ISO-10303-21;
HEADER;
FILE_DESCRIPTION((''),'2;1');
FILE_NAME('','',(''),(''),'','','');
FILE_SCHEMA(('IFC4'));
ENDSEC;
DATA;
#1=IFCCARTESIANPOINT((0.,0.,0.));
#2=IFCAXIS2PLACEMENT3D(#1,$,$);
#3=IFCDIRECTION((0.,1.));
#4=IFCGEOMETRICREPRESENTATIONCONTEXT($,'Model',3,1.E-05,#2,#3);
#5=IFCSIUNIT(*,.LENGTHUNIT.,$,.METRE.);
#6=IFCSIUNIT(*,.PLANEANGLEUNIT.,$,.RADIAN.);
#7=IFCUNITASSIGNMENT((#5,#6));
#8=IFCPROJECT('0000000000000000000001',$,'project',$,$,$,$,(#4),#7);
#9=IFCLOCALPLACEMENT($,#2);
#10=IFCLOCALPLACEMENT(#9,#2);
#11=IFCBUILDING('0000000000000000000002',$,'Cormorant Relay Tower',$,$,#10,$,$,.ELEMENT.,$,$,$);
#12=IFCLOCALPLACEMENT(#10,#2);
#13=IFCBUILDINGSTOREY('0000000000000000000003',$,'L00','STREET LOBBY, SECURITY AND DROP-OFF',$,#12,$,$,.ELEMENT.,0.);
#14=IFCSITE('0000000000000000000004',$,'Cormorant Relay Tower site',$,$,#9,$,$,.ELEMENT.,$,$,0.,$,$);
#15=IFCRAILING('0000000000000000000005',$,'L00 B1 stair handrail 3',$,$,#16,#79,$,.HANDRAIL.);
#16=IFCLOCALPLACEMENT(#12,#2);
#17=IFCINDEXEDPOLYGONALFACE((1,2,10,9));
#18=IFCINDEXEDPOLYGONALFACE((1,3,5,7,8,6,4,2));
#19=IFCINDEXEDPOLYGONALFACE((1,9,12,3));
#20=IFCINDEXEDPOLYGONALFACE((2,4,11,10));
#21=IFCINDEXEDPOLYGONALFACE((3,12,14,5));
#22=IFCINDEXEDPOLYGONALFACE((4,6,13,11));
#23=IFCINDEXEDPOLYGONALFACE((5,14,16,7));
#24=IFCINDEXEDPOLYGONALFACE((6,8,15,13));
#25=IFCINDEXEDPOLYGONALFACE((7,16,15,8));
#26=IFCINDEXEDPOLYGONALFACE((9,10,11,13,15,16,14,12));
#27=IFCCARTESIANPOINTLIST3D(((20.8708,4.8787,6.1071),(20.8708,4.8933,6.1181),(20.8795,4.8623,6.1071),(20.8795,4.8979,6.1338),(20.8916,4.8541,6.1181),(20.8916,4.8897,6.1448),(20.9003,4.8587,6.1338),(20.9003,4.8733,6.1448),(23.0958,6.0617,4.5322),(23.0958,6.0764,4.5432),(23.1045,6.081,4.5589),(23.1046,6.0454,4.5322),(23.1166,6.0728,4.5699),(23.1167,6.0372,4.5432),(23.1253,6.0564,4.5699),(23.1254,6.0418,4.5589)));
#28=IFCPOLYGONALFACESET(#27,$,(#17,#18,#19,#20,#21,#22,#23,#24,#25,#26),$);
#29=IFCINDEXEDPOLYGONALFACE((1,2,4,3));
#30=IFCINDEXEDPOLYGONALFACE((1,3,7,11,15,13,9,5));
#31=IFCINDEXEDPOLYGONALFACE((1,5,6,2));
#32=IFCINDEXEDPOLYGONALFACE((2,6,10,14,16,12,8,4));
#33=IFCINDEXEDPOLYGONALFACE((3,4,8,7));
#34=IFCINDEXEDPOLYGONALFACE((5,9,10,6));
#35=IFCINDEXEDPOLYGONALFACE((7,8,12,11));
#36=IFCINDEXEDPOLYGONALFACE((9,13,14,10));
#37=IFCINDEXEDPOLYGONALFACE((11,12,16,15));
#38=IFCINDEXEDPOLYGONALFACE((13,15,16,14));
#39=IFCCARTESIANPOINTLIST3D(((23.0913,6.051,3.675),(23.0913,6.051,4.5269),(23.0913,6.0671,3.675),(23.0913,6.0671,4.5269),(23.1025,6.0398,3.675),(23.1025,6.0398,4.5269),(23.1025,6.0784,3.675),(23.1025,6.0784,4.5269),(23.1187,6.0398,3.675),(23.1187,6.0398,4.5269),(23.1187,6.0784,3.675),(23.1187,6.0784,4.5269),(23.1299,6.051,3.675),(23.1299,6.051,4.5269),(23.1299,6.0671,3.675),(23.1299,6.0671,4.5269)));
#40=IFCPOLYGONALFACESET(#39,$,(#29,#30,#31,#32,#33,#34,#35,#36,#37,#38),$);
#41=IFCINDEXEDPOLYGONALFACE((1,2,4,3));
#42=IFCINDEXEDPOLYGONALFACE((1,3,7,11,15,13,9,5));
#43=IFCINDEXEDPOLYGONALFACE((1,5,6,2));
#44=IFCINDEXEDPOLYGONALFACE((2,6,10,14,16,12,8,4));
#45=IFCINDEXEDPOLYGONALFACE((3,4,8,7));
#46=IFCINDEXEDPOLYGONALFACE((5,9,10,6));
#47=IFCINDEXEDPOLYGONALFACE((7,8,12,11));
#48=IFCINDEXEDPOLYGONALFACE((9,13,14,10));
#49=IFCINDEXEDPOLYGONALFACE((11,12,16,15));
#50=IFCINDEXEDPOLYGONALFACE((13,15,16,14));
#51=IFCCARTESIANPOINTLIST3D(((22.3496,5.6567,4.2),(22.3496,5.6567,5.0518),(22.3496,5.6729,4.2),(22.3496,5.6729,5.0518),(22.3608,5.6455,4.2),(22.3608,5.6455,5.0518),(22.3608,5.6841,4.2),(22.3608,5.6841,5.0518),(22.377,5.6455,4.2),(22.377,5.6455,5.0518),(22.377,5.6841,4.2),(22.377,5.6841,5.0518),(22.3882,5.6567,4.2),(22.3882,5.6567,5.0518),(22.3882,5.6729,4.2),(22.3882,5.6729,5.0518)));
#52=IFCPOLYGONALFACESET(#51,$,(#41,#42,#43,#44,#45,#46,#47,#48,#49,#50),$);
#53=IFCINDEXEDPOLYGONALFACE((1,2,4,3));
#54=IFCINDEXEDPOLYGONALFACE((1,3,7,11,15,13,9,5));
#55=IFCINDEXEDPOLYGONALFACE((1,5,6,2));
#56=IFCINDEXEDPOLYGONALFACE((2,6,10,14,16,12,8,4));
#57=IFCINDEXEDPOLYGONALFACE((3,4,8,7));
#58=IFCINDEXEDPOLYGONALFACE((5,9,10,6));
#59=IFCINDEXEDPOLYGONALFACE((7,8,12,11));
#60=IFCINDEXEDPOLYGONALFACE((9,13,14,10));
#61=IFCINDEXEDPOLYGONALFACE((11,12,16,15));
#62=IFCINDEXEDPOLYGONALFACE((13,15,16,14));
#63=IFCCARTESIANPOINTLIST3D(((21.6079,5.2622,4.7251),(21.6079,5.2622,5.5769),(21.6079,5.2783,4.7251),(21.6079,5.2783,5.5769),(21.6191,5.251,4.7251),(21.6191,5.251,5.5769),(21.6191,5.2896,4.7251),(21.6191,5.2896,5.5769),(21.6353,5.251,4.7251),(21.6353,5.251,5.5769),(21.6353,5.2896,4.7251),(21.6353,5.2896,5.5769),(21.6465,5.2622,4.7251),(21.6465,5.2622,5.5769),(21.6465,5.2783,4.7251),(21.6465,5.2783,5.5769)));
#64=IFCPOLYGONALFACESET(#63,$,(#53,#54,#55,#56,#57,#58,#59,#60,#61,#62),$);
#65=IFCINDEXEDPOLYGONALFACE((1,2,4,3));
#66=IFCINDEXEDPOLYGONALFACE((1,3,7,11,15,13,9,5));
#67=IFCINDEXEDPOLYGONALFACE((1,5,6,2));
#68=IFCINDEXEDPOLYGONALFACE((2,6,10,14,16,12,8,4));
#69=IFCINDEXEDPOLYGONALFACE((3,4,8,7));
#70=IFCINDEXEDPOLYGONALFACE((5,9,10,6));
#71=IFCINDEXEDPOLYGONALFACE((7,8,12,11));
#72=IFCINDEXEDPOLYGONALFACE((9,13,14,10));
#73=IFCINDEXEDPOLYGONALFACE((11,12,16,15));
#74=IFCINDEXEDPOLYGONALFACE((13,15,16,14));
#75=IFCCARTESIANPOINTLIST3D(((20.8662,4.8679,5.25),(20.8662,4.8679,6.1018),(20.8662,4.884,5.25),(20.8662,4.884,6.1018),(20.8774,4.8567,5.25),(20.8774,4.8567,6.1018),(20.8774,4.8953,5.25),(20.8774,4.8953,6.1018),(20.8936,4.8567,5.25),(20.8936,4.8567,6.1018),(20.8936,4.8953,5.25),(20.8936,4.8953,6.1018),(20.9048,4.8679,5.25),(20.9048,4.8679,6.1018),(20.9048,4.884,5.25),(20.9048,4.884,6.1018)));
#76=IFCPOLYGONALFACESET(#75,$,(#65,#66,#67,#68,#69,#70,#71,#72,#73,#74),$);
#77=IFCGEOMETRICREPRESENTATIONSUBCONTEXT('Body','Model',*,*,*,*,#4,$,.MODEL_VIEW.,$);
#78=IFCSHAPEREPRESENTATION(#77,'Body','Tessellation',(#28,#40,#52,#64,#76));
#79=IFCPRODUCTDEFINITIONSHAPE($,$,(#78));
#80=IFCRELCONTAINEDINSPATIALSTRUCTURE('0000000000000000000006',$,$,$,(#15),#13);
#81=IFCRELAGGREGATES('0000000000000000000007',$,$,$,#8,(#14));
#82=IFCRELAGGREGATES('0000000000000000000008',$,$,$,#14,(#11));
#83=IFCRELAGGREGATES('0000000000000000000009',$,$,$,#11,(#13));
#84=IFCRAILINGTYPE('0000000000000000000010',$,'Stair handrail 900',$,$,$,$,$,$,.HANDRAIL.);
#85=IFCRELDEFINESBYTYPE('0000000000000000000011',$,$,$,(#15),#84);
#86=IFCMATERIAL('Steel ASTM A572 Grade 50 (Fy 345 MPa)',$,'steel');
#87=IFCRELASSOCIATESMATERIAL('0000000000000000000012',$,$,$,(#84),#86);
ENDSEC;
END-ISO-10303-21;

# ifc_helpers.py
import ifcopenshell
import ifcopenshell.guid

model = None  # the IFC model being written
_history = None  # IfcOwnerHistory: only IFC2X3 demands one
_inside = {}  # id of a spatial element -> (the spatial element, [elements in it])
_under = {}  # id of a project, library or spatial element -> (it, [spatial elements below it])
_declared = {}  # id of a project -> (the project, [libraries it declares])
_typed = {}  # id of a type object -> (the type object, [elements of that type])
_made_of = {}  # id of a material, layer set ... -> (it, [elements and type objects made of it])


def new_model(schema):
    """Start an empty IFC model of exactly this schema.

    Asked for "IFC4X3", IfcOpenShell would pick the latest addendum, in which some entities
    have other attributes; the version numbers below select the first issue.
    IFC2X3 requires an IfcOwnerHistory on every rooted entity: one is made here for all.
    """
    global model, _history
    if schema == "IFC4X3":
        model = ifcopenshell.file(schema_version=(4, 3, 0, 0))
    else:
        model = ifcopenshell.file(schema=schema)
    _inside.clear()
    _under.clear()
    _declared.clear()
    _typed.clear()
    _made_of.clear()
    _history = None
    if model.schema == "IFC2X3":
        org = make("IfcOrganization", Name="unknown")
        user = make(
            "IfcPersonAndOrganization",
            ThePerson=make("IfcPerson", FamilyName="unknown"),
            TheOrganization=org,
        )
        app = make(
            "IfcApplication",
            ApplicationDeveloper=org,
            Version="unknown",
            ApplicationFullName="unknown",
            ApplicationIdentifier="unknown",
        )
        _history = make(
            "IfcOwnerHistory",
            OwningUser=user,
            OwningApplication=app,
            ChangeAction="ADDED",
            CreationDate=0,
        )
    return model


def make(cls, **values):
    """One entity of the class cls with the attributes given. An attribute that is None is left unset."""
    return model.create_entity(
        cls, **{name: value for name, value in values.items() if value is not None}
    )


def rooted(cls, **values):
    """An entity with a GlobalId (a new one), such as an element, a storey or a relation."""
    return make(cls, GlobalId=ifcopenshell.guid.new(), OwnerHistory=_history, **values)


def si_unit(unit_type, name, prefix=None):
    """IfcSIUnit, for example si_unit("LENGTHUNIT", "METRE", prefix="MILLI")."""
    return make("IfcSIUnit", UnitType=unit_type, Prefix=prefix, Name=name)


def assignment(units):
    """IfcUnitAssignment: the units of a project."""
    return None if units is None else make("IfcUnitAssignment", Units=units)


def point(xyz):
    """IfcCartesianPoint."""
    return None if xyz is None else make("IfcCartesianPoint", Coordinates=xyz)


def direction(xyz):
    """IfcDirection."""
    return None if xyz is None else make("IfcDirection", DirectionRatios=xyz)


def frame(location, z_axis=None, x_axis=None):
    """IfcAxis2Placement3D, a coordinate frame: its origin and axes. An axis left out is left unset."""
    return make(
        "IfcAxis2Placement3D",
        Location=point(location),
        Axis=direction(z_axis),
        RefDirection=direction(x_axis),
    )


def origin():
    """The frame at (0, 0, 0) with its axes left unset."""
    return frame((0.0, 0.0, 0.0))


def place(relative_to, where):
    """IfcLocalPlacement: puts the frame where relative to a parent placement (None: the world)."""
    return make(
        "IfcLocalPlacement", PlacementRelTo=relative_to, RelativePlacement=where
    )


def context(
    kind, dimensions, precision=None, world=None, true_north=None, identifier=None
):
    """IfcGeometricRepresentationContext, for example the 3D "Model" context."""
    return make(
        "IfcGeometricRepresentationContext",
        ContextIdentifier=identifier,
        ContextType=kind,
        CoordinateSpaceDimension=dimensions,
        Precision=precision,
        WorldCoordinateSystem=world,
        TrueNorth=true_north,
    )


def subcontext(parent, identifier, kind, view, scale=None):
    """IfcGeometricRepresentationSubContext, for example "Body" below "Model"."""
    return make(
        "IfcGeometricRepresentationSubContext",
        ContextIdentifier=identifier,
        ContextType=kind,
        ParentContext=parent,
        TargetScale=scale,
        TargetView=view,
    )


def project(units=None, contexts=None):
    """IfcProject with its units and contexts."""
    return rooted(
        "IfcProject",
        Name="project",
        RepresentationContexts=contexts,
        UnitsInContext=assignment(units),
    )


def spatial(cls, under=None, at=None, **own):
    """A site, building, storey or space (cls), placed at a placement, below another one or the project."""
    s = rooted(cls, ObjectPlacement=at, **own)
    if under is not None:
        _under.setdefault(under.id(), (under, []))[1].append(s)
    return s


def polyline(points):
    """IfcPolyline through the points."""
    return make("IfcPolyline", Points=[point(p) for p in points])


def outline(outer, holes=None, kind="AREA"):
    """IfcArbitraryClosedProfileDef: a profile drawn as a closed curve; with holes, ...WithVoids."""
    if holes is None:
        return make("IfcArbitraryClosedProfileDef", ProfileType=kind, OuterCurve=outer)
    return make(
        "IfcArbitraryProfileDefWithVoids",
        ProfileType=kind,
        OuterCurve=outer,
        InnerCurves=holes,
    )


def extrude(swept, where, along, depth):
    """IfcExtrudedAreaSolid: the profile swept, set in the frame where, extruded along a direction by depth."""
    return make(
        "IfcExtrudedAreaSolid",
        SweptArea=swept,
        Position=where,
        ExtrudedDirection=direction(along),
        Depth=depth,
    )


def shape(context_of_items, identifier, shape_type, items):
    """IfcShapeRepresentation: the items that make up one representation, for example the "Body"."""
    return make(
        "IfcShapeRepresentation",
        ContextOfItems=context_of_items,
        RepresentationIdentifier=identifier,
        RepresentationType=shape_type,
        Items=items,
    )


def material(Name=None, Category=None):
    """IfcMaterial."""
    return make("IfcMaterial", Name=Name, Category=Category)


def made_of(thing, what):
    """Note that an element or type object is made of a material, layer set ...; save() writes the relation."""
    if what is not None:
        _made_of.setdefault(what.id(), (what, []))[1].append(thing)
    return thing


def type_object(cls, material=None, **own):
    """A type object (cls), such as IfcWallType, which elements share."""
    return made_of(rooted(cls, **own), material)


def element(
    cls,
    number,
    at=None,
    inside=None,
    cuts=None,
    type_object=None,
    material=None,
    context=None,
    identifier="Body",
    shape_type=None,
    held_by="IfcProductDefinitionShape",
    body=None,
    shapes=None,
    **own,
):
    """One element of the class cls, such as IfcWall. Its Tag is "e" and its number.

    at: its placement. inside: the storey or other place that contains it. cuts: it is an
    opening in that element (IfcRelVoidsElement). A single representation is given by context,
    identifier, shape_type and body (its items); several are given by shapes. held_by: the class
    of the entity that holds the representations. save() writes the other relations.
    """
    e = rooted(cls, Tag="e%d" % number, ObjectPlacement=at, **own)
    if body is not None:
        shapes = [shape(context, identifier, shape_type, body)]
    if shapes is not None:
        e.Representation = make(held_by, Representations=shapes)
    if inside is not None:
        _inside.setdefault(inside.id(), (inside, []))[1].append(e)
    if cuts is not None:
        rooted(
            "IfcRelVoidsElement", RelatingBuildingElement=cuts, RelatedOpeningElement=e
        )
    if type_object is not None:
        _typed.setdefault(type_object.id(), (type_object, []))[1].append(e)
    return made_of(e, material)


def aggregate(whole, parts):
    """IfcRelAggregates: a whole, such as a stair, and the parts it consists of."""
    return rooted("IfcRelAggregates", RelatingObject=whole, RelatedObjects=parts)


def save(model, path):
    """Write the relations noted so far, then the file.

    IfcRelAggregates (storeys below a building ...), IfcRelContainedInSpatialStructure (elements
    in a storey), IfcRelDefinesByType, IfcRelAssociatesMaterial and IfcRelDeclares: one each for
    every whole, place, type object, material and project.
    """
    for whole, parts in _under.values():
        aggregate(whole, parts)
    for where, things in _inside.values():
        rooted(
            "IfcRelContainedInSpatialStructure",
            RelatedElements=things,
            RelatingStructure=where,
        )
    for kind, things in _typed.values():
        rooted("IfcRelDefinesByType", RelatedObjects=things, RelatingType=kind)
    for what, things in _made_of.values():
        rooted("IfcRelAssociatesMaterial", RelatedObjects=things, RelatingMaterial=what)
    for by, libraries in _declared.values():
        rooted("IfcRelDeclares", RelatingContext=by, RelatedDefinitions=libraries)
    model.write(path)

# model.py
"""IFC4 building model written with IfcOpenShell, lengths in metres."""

from ifc_helpers import new_model, si_unit, direction, frame, origin, place, context, subcontext, project, spatial, polyline, outline, extrude, material, type_object, element, save


model = new_model("IFC4")

# Units and contexts
model_context = context("Model", 3, precision=1e-05, world=origin(), true_north=direction((0.0, 1.0)))
body_context = subcontext(model_context, "Body", "Model", "MODEL_VIEW")
ifc_project = project(units=[si_unit("LENGTHUNIT", "METRE"), si_unit("PLANEANGLEUNIT", "RADIAN")], contexts=[model_context])

# Site, building, storey
site_placement = place(None, origin())
site = spatial("IfcSite", under=ifc_project, at=site_placement, Name="Cormorant Relay Tower site", CompositionType="ELEMENT", RefElevation=0.0)
building_placement = place(site_placement, origin())
building = spatial("IfcBuilding", under=site, at=building_placement, Name="Cormorant Relay Tower", CompositionType="ELEMENT")
storey_placement = place(building_placement, origin())
storey = spatial("IfcBuildingStorey", under=building, at=storey_placement, Name="L00", Description="STREET LOBBY, SECURITY AND DROP-OFF", CompositionType="ELEMENT", Elevation=0.0)

# Railing
ifc_material_1 = material(Name="Steel ASTM A572 Grade 50 (Fy 345 MPa)", Category="steel")
railing_type_1 = type_object("IfcRailingType", Name="Stair handrail 900", PredefinedType="HANDRAIL", material=ifc_material_1)
railing_1_placement = place(storey_placement, frame((23.1106, 6.0591, 3.675)))
element("IfcRailing", 1, at=railing_1_placement, inside=storey, type_object=railing_type_1, Name="L00 B1 stair handrail 3", PredefinedType="HANDRAIL", context=body_context, shape_type="SweptSolid", body=[
    extrude(outline(polyline([(0.0222, 0.0093), (0.0093, 0.0222), (-0.0093, 0.0222), (-0.0222, 0.0093), (-0.0222, -0.0093), (-0.0093, -0.0222), (0.0093, -0.0222), (0.0222, -0.0093), (0.0222, 0.0093)])), frame((0.0, 0.0, 0.876), z_axis=(-0.748751, -0.398118, 0.529975), x_axis=(0.469472, -0.882948, 0.0)), (0.0, 0.0, 1.0), 2.9717),
    extrude(outline(polyline([(0.0193, 0.0081), (0.0081, 0.0193), (-0.0081, 0.0193), (-0.0193, 0.0081), (-0.0193, -0.0081), (-0.0081, -0.0193), (0.0081, -0.0193), (0.0193, -0.0081), (0.0193, 0.0081)])), origin(), (0.0, 0.0, 1.0), 0.8518),
    extrude(outline(polyline([(0.0193, 0.0081), (0.0081, 0.0193), (-0.0081, 0.0193), (-0.0193, 0.0081), (-0.0193, -0.0081), (-0.0081, -0.0193), (0.0081, -0.0193), (0.0193, -0.0081), (0.0193, 0.0081)])), frame((-0.7417, -0.3943, 0.5249)), (0.0, 0.0, 1.0), 0.8518),
    extrude(outline(polyline([(0.0193, 0.0081), (0.0081, 0.0193), (-0.0081, 0.0193), (-0.0193, 0.0081), (-0.0193, -0.0081), (-0.0081, -0.0193), (0.0081, -0.0193), (0.0193, -0.0081), (0.0193, 0.0081)])), frame((-1.4834, -0.7888, 1.05)), (0.0, 0.0, 1.0), 0.8518),
    extrude(outline(polyline([(0.0193, 0.0081), (0.0081, 0.0193), (-0.0081, 0.0193), (-0.0193, 0.0081), (-0.0193, -0.0081), (-0.0081, -0.0193), (0.0081, -0.0193), (0.0193, -0.0081), (0.0193, 0.0081)])), frame((-2.2251, -1.1831, 1.575)), (0.0, 0.0, 1.0), 0.8518),
])

save(model, "model.ifc")
